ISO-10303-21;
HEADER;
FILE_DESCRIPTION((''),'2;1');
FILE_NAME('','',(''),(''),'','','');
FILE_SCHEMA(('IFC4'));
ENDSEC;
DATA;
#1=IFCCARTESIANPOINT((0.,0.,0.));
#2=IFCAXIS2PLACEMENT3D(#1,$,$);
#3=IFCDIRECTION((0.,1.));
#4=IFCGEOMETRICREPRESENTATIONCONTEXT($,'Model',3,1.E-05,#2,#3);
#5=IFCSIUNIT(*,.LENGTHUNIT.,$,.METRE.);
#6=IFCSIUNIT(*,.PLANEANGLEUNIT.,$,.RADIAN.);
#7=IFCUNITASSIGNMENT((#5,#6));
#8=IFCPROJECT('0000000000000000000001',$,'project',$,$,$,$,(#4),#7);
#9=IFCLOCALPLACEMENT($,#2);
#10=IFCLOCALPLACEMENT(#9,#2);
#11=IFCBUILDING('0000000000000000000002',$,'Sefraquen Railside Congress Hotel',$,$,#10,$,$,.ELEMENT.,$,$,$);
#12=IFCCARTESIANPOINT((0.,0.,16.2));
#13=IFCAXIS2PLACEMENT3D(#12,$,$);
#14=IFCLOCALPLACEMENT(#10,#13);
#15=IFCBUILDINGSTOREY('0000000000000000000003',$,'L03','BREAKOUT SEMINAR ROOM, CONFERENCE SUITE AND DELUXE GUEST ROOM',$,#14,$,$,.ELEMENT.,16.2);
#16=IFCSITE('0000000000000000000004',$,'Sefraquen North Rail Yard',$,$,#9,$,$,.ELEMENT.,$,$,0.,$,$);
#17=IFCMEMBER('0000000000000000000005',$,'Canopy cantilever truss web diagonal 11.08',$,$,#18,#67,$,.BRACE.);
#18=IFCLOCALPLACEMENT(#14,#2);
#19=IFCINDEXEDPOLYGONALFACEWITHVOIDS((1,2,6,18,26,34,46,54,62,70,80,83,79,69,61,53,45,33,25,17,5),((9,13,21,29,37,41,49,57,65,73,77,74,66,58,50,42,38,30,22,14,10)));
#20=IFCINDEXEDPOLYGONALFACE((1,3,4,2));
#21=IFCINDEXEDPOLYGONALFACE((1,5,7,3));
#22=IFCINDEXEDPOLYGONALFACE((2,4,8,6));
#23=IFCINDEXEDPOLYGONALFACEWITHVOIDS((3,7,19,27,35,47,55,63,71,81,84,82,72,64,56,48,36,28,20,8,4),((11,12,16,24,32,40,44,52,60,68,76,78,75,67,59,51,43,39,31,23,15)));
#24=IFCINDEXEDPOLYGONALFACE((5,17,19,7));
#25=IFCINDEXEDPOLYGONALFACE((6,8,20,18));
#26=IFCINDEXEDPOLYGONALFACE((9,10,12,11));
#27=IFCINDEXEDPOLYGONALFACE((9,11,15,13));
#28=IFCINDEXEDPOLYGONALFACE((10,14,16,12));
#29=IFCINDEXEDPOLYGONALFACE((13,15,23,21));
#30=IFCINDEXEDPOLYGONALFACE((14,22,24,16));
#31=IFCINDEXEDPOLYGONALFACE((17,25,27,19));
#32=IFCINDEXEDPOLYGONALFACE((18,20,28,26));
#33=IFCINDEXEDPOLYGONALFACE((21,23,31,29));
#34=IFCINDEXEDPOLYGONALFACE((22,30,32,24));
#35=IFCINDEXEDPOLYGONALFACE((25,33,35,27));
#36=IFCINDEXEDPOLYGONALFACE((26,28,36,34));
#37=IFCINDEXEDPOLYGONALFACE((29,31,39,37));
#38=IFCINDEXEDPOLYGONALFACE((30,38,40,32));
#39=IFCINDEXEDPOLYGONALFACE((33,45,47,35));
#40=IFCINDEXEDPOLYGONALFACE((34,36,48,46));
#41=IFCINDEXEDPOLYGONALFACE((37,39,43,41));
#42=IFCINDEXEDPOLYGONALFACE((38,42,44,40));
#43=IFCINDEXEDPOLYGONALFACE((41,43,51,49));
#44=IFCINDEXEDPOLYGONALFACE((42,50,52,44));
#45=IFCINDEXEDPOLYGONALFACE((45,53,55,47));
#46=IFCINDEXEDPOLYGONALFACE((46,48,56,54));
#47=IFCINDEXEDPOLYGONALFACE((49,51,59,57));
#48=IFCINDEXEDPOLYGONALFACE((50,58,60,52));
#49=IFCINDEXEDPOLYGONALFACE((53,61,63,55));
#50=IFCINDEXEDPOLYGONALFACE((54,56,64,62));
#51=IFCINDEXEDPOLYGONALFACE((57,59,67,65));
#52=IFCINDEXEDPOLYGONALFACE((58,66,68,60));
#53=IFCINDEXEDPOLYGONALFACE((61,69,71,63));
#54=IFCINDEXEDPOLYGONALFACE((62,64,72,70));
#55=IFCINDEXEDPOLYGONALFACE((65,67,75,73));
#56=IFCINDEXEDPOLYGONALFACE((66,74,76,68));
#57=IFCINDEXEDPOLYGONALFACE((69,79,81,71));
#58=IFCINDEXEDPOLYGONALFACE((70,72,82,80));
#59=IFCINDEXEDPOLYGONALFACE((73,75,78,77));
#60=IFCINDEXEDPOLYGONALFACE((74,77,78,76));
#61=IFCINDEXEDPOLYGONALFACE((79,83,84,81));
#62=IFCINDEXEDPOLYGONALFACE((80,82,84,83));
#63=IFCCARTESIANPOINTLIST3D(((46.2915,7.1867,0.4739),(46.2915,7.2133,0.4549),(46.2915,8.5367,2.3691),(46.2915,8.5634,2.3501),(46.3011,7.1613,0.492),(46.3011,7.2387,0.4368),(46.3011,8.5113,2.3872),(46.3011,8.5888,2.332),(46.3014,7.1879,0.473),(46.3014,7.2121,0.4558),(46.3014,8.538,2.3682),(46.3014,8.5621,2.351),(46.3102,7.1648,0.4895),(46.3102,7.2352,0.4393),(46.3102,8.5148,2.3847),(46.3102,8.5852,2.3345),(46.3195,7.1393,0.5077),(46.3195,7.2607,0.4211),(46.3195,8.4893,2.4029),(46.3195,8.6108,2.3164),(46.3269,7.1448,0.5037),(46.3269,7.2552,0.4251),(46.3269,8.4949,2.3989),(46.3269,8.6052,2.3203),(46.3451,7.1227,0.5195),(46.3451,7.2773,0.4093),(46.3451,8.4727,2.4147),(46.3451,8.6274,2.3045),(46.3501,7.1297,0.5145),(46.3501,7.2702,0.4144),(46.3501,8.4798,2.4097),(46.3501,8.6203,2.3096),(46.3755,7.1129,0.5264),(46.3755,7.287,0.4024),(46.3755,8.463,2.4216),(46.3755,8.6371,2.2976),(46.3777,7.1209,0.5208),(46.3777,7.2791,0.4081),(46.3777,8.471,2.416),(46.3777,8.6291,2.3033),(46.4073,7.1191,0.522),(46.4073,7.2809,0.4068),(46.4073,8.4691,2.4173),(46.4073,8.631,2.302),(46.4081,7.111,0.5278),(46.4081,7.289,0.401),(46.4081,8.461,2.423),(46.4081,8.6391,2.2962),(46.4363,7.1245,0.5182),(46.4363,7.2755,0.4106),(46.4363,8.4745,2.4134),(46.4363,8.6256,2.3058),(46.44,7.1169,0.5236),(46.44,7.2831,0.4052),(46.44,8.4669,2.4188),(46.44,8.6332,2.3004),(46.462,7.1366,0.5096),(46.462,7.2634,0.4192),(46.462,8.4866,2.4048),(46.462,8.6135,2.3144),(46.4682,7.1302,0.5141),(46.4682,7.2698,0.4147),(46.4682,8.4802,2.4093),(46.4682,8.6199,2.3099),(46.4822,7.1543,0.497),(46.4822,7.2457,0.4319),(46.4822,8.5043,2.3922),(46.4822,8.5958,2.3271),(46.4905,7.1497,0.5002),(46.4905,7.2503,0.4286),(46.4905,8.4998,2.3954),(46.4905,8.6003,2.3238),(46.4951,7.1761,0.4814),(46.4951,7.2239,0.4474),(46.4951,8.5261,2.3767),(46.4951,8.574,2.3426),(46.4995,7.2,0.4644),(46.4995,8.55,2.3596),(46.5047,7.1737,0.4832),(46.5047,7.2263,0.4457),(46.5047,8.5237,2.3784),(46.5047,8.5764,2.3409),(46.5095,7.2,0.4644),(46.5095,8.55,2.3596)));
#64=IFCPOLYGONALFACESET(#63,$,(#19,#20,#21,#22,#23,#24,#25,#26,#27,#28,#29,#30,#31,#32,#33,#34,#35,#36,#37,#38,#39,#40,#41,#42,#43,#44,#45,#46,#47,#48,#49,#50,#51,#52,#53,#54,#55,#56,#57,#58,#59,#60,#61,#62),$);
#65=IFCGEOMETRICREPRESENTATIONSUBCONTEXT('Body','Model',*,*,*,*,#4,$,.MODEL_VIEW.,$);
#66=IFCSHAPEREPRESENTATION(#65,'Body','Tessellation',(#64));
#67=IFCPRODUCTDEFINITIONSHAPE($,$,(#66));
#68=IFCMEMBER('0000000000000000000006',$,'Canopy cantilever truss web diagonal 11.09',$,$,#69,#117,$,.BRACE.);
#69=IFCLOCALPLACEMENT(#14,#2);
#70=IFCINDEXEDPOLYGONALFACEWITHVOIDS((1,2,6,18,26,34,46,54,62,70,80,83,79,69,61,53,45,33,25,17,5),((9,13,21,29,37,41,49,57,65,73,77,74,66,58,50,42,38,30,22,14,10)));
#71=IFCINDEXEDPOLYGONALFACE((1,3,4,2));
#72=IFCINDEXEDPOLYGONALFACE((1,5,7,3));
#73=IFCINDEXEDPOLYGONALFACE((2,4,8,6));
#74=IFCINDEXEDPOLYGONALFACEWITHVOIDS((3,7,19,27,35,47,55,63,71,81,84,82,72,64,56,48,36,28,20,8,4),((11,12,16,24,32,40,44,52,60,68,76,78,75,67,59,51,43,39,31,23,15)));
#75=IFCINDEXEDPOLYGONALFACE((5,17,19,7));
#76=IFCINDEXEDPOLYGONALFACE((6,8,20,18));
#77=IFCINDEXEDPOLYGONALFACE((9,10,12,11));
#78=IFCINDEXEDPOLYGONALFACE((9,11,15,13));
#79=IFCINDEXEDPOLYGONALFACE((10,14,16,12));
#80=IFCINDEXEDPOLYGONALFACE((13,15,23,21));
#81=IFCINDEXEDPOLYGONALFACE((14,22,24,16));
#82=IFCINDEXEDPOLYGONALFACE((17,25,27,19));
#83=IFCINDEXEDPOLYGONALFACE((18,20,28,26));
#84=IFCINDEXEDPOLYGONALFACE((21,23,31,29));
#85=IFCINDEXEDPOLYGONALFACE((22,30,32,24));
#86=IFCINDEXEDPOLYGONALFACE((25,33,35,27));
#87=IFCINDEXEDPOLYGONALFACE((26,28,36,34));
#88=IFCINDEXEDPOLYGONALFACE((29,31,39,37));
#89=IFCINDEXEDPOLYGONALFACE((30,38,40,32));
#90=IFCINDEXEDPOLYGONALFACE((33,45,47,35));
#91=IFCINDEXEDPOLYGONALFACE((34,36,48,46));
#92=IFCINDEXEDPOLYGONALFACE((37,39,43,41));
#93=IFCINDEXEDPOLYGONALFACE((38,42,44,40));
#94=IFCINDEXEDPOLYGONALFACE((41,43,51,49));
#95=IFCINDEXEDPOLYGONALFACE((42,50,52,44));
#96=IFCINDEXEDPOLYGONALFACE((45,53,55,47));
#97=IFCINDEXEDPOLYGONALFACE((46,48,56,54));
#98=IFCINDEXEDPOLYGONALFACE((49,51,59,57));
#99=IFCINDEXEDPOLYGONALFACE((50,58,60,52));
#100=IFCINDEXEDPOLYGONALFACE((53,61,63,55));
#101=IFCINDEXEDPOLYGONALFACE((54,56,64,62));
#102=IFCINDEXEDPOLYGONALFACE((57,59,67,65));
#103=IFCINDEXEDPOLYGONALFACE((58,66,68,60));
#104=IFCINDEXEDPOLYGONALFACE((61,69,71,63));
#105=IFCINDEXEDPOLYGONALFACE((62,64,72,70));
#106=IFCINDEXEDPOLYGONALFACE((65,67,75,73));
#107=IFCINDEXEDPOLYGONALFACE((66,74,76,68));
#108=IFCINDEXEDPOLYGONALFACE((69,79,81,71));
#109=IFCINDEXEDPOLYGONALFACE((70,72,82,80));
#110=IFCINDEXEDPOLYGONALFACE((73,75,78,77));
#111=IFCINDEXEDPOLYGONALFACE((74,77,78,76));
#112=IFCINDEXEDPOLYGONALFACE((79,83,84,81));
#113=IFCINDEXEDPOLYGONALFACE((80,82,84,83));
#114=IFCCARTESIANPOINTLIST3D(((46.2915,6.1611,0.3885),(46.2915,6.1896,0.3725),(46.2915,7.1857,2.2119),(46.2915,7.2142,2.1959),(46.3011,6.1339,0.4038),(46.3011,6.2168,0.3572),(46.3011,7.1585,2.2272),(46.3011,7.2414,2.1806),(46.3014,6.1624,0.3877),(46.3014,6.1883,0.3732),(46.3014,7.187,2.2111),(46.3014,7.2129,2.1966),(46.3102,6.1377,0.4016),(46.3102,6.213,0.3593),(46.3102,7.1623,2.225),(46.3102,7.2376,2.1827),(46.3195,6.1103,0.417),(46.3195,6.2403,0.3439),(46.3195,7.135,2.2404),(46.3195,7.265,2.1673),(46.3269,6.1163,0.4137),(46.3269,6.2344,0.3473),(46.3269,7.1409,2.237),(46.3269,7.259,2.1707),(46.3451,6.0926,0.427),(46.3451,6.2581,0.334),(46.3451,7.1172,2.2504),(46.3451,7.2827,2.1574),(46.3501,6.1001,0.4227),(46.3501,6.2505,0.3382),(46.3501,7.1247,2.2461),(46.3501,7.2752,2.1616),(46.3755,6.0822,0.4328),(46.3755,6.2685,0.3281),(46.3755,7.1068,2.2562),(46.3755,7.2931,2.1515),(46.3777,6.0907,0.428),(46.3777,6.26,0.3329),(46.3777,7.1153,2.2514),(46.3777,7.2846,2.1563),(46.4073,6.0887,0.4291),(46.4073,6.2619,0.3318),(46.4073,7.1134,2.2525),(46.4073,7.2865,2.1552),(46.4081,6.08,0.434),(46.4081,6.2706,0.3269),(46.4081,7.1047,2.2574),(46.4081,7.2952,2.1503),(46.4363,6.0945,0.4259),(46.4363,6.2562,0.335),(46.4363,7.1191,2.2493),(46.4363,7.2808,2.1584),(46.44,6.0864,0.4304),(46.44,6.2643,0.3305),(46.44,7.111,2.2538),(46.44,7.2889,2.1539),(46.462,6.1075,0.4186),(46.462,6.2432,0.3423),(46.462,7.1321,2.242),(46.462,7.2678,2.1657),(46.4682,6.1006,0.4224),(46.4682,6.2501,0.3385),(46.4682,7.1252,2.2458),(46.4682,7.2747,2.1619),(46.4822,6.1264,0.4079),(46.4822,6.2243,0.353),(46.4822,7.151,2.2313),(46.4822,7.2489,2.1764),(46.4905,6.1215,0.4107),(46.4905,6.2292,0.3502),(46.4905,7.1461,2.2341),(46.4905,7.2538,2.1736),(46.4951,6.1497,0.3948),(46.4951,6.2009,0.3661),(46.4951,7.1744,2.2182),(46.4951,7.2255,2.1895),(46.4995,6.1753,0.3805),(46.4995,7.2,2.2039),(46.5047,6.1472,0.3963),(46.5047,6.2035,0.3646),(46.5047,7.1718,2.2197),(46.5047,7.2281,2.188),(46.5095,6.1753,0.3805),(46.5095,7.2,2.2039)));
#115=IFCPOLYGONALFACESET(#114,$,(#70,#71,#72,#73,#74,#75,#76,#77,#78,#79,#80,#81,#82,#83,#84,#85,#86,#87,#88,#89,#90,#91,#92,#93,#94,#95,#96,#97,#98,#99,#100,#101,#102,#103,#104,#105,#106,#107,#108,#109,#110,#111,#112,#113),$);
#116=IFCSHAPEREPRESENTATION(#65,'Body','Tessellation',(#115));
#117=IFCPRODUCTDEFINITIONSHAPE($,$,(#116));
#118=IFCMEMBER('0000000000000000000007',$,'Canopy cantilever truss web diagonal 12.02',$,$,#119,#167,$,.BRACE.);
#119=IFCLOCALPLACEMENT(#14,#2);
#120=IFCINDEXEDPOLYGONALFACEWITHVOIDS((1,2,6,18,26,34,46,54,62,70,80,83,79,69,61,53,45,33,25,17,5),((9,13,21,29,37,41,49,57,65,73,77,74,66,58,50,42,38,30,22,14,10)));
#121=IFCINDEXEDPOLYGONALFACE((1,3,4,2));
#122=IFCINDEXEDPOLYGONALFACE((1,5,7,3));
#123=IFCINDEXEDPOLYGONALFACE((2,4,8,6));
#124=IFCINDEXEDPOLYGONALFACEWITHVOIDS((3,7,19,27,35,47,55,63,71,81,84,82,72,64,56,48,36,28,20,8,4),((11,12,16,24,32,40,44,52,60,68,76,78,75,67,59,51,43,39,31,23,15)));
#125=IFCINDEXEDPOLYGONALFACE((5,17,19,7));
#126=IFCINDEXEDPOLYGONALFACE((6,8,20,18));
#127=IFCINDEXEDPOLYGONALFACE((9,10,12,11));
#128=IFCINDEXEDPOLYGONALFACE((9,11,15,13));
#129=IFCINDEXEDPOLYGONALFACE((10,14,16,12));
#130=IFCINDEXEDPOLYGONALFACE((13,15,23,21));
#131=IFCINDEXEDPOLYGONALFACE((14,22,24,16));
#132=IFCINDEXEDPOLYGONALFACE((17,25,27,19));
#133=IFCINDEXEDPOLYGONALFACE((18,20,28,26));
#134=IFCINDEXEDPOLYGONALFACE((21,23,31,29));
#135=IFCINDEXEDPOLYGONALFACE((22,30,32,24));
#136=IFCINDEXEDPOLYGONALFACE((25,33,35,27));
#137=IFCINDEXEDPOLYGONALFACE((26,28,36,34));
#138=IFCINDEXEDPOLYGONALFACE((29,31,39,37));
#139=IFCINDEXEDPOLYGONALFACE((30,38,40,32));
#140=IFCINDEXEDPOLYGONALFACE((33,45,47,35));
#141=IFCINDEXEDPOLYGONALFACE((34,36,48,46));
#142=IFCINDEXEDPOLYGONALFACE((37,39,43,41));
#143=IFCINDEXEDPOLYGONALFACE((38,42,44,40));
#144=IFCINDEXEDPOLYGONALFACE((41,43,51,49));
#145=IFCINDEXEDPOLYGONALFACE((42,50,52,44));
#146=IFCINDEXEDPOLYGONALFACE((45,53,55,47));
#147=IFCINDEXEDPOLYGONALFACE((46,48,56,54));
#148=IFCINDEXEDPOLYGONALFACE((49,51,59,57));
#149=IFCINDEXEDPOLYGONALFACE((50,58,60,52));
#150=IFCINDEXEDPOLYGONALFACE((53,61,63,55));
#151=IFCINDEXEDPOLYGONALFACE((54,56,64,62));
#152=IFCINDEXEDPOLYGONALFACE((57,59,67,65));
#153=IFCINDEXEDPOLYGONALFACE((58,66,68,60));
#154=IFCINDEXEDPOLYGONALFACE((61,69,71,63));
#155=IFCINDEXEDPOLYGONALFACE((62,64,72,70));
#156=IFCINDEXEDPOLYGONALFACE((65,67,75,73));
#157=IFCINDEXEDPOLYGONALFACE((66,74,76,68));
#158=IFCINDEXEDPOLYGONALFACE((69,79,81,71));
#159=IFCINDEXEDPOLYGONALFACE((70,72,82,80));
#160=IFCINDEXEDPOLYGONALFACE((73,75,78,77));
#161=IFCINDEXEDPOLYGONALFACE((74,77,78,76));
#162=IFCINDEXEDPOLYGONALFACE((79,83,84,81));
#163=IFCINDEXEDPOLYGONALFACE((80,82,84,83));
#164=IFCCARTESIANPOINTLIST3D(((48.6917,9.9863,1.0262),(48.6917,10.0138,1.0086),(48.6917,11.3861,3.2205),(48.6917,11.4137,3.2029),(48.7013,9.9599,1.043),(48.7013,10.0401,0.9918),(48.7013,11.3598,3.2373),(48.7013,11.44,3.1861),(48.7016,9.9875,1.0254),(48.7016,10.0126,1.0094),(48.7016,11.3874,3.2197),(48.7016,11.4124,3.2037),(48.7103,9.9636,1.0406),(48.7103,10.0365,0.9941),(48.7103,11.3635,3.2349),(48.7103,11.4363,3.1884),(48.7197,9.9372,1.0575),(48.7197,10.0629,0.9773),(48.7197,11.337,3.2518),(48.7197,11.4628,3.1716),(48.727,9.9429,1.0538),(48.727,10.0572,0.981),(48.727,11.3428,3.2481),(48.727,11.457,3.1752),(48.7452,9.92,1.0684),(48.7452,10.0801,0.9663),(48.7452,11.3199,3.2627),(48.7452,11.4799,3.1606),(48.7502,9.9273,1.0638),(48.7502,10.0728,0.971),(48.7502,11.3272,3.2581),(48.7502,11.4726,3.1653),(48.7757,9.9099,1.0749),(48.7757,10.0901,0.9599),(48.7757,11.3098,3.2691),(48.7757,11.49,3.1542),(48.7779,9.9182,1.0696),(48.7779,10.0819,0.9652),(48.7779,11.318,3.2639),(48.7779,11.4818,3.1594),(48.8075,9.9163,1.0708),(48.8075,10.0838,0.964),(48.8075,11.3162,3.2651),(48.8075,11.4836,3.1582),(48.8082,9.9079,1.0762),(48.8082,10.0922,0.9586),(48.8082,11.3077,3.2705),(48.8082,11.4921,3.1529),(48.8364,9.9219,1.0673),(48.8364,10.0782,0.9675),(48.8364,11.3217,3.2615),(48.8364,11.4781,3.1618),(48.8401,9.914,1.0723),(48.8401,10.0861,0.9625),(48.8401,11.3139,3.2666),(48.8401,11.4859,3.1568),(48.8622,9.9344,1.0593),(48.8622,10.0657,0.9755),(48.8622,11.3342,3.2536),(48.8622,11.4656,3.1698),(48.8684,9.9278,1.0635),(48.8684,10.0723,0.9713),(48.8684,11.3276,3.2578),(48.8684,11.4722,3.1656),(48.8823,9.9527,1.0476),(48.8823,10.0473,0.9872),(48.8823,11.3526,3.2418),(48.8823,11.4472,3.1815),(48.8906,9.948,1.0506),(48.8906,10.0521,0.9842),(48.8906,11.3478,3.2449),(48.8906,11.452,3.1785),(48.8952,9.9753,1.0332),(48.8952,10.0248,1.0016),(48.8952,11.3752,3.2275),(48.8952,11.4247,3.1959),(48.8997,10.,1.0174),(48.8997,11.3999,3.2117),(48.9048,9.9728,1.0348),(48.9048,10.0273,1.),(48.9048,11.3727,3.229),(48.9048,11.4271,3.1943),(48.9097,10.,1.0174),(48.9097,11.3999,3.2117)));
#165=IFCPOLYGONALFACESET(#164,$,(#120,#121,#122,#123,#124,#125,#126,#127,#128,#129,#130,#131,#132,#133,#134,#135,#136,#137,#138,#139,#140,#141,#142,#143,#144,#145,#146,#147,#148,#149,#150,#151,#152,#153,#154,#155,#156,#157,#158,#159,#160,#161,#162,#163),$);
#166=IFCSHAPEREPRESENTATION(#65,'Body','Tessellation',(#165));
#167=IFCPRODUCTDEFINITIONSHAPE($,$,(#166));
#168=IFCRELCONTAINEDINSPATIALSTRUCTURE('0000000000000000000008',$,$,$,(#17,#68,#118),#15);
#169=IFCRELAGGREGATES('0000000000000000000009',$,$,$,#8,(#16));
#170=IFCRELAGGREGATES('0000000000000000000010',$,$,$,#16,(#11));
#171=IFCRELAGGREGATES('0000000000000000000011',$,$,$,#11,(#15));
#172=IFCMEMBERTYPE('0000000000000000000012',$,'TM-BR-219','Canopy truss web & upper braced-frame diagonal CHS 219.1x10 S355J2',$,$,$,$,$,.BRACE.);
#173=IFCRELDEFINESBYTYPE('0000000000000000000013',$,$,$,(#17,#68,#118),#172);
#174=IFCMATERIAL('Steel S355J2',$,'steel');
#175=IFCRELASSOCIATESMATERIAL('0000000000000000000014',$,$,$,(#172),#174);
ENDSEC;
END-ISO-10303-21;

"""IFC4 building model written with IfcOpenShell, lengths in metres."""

from ifc_helpers import new_model, si_unit, direction, frame, origin, origin_2d, place, context, subcontext, project, spatial, hollow_circle, extrude, material, material_profile, profile_set, type_object, element, save


model = new_model("IFC4")

# Units and contexts
model_context = context("Model", 3, precision=1e-05, world=origin(), true_north=direction((0.0, 1.0)))
body_context = subcontext(model_context, "Body", "Model", "MODEL_VIEW")
ifc_project = project(units=[si_unit("LENGTHUNIT", "METRE"), si_unit("PLANEANGLEUNIT", "RADIAN")], contexts=[model_context])

# Site, building, storey
site_placement = place(None, origin())
site = spatial("IfcSite", under=ifc_project, at=site_placement, Name="Sefraquen North Rail Yard", CompositionType="ELEMENT", RefElevation=0.0)
building_placement = place(site_placement, origin())
building = spatial("IfcBuilding", under=site, at=building_placement, Name="Sefraquen Railside Congress Hotel", CompositionType="ELEMENT")
storey_placement = place(building_placement, frame((0.0, 0.0, 16.2)))
storey = spatial("IfcBuildingStorey", under=building, at=storey_placement, Name="L03", Description="BREAKOUT SEMINAR ROOM, CONFERENCE SUITE AND DELUXE GUEST ROOM", CompositionType="ELEMENT", Elevation=16.2)

# Members
ifc_material_1 = material(Name="Steel S355J2", Category="steel")
ifc_material_profile_1 = material_profile(ifc_material_1, hollow_circle(Radius=0.1096, WallThickness=0.01, at=origin_2d()), Name="CHS 219.1x10")
ifc_profile_set_1 = profile_set([ifc_material_profile_1], Name="Steel S355J2")
member_type_1 = type_object("IfcMemberType", Name="TM-BR-219", Description="Canopy truss web & upper braced-frame diagonal CHS 219.1x10 S355J2", PredefinedType="BRACE", material=ifc_profile_set_1)
member_1_placement = place(storey_placement, frame((46.3999, 8.55, 2.3596), z_axis=(0.0, -0.580196, -0.814477), x_axis=(1.0, 0.0, 0.0)))
element("IfcMember", 1, at=member_1_placement, inside=storey, type_object=member_type_1, Name="Canopy cantilever truss web diagonal 11.08", PredefinedType="BRACE", context=body_context, shape_type="SweptSolid", body=[
    extrude(hollow_circle(Radius=0.1096, WallThickness=0.01, at=origin_2d()), origin(), (0.0, 0.0, 1.0), 2.3269),
])
member_2_placement = place(storey_placement, frame((46.3999, 7.2, 2.2039), z_axis=(0.0, -0.489879, -0.871791), x_axis=(1.0, 0.0, 0.0)))
element("IfcMember", 2, at=member_2_placement, inside=storey, type_object=member_type_1, Name="Canopy cantilever truss web diagonal 11.09", PredefinedType="BRACE", context=body_context, shape_type="SweptSolid", body=[
    extrude(hollow_circle(Radius=0.1096, WallThickness=0.01, at=origin_2d()), origin(), (0.0, 0.0, 1.0), 2.0916),
])
member_3_placement = place(storey_placement, frame((48.8, 11.3999, 3.2117), z_axis=(0.0, -0.537834, -0.843051), x_axis=(1.0, 0.0, 0.0)))
element("IfcMember", 3, at=member_3_placement, inside=storey, type_object=member_type_1, Name="Canopy cantilever truss web diagonal 12.02", PredefinedType="BRACE", context=body_context, shape_type="SweptSolid", body=[
    extrude(hollow_circle(Radius=0.1096, WallThickness=0.01, at=origin_2d()), origin(), (0.0, 0.0, 1.0), 2.6028),
])

save(model, "model.ifc")
